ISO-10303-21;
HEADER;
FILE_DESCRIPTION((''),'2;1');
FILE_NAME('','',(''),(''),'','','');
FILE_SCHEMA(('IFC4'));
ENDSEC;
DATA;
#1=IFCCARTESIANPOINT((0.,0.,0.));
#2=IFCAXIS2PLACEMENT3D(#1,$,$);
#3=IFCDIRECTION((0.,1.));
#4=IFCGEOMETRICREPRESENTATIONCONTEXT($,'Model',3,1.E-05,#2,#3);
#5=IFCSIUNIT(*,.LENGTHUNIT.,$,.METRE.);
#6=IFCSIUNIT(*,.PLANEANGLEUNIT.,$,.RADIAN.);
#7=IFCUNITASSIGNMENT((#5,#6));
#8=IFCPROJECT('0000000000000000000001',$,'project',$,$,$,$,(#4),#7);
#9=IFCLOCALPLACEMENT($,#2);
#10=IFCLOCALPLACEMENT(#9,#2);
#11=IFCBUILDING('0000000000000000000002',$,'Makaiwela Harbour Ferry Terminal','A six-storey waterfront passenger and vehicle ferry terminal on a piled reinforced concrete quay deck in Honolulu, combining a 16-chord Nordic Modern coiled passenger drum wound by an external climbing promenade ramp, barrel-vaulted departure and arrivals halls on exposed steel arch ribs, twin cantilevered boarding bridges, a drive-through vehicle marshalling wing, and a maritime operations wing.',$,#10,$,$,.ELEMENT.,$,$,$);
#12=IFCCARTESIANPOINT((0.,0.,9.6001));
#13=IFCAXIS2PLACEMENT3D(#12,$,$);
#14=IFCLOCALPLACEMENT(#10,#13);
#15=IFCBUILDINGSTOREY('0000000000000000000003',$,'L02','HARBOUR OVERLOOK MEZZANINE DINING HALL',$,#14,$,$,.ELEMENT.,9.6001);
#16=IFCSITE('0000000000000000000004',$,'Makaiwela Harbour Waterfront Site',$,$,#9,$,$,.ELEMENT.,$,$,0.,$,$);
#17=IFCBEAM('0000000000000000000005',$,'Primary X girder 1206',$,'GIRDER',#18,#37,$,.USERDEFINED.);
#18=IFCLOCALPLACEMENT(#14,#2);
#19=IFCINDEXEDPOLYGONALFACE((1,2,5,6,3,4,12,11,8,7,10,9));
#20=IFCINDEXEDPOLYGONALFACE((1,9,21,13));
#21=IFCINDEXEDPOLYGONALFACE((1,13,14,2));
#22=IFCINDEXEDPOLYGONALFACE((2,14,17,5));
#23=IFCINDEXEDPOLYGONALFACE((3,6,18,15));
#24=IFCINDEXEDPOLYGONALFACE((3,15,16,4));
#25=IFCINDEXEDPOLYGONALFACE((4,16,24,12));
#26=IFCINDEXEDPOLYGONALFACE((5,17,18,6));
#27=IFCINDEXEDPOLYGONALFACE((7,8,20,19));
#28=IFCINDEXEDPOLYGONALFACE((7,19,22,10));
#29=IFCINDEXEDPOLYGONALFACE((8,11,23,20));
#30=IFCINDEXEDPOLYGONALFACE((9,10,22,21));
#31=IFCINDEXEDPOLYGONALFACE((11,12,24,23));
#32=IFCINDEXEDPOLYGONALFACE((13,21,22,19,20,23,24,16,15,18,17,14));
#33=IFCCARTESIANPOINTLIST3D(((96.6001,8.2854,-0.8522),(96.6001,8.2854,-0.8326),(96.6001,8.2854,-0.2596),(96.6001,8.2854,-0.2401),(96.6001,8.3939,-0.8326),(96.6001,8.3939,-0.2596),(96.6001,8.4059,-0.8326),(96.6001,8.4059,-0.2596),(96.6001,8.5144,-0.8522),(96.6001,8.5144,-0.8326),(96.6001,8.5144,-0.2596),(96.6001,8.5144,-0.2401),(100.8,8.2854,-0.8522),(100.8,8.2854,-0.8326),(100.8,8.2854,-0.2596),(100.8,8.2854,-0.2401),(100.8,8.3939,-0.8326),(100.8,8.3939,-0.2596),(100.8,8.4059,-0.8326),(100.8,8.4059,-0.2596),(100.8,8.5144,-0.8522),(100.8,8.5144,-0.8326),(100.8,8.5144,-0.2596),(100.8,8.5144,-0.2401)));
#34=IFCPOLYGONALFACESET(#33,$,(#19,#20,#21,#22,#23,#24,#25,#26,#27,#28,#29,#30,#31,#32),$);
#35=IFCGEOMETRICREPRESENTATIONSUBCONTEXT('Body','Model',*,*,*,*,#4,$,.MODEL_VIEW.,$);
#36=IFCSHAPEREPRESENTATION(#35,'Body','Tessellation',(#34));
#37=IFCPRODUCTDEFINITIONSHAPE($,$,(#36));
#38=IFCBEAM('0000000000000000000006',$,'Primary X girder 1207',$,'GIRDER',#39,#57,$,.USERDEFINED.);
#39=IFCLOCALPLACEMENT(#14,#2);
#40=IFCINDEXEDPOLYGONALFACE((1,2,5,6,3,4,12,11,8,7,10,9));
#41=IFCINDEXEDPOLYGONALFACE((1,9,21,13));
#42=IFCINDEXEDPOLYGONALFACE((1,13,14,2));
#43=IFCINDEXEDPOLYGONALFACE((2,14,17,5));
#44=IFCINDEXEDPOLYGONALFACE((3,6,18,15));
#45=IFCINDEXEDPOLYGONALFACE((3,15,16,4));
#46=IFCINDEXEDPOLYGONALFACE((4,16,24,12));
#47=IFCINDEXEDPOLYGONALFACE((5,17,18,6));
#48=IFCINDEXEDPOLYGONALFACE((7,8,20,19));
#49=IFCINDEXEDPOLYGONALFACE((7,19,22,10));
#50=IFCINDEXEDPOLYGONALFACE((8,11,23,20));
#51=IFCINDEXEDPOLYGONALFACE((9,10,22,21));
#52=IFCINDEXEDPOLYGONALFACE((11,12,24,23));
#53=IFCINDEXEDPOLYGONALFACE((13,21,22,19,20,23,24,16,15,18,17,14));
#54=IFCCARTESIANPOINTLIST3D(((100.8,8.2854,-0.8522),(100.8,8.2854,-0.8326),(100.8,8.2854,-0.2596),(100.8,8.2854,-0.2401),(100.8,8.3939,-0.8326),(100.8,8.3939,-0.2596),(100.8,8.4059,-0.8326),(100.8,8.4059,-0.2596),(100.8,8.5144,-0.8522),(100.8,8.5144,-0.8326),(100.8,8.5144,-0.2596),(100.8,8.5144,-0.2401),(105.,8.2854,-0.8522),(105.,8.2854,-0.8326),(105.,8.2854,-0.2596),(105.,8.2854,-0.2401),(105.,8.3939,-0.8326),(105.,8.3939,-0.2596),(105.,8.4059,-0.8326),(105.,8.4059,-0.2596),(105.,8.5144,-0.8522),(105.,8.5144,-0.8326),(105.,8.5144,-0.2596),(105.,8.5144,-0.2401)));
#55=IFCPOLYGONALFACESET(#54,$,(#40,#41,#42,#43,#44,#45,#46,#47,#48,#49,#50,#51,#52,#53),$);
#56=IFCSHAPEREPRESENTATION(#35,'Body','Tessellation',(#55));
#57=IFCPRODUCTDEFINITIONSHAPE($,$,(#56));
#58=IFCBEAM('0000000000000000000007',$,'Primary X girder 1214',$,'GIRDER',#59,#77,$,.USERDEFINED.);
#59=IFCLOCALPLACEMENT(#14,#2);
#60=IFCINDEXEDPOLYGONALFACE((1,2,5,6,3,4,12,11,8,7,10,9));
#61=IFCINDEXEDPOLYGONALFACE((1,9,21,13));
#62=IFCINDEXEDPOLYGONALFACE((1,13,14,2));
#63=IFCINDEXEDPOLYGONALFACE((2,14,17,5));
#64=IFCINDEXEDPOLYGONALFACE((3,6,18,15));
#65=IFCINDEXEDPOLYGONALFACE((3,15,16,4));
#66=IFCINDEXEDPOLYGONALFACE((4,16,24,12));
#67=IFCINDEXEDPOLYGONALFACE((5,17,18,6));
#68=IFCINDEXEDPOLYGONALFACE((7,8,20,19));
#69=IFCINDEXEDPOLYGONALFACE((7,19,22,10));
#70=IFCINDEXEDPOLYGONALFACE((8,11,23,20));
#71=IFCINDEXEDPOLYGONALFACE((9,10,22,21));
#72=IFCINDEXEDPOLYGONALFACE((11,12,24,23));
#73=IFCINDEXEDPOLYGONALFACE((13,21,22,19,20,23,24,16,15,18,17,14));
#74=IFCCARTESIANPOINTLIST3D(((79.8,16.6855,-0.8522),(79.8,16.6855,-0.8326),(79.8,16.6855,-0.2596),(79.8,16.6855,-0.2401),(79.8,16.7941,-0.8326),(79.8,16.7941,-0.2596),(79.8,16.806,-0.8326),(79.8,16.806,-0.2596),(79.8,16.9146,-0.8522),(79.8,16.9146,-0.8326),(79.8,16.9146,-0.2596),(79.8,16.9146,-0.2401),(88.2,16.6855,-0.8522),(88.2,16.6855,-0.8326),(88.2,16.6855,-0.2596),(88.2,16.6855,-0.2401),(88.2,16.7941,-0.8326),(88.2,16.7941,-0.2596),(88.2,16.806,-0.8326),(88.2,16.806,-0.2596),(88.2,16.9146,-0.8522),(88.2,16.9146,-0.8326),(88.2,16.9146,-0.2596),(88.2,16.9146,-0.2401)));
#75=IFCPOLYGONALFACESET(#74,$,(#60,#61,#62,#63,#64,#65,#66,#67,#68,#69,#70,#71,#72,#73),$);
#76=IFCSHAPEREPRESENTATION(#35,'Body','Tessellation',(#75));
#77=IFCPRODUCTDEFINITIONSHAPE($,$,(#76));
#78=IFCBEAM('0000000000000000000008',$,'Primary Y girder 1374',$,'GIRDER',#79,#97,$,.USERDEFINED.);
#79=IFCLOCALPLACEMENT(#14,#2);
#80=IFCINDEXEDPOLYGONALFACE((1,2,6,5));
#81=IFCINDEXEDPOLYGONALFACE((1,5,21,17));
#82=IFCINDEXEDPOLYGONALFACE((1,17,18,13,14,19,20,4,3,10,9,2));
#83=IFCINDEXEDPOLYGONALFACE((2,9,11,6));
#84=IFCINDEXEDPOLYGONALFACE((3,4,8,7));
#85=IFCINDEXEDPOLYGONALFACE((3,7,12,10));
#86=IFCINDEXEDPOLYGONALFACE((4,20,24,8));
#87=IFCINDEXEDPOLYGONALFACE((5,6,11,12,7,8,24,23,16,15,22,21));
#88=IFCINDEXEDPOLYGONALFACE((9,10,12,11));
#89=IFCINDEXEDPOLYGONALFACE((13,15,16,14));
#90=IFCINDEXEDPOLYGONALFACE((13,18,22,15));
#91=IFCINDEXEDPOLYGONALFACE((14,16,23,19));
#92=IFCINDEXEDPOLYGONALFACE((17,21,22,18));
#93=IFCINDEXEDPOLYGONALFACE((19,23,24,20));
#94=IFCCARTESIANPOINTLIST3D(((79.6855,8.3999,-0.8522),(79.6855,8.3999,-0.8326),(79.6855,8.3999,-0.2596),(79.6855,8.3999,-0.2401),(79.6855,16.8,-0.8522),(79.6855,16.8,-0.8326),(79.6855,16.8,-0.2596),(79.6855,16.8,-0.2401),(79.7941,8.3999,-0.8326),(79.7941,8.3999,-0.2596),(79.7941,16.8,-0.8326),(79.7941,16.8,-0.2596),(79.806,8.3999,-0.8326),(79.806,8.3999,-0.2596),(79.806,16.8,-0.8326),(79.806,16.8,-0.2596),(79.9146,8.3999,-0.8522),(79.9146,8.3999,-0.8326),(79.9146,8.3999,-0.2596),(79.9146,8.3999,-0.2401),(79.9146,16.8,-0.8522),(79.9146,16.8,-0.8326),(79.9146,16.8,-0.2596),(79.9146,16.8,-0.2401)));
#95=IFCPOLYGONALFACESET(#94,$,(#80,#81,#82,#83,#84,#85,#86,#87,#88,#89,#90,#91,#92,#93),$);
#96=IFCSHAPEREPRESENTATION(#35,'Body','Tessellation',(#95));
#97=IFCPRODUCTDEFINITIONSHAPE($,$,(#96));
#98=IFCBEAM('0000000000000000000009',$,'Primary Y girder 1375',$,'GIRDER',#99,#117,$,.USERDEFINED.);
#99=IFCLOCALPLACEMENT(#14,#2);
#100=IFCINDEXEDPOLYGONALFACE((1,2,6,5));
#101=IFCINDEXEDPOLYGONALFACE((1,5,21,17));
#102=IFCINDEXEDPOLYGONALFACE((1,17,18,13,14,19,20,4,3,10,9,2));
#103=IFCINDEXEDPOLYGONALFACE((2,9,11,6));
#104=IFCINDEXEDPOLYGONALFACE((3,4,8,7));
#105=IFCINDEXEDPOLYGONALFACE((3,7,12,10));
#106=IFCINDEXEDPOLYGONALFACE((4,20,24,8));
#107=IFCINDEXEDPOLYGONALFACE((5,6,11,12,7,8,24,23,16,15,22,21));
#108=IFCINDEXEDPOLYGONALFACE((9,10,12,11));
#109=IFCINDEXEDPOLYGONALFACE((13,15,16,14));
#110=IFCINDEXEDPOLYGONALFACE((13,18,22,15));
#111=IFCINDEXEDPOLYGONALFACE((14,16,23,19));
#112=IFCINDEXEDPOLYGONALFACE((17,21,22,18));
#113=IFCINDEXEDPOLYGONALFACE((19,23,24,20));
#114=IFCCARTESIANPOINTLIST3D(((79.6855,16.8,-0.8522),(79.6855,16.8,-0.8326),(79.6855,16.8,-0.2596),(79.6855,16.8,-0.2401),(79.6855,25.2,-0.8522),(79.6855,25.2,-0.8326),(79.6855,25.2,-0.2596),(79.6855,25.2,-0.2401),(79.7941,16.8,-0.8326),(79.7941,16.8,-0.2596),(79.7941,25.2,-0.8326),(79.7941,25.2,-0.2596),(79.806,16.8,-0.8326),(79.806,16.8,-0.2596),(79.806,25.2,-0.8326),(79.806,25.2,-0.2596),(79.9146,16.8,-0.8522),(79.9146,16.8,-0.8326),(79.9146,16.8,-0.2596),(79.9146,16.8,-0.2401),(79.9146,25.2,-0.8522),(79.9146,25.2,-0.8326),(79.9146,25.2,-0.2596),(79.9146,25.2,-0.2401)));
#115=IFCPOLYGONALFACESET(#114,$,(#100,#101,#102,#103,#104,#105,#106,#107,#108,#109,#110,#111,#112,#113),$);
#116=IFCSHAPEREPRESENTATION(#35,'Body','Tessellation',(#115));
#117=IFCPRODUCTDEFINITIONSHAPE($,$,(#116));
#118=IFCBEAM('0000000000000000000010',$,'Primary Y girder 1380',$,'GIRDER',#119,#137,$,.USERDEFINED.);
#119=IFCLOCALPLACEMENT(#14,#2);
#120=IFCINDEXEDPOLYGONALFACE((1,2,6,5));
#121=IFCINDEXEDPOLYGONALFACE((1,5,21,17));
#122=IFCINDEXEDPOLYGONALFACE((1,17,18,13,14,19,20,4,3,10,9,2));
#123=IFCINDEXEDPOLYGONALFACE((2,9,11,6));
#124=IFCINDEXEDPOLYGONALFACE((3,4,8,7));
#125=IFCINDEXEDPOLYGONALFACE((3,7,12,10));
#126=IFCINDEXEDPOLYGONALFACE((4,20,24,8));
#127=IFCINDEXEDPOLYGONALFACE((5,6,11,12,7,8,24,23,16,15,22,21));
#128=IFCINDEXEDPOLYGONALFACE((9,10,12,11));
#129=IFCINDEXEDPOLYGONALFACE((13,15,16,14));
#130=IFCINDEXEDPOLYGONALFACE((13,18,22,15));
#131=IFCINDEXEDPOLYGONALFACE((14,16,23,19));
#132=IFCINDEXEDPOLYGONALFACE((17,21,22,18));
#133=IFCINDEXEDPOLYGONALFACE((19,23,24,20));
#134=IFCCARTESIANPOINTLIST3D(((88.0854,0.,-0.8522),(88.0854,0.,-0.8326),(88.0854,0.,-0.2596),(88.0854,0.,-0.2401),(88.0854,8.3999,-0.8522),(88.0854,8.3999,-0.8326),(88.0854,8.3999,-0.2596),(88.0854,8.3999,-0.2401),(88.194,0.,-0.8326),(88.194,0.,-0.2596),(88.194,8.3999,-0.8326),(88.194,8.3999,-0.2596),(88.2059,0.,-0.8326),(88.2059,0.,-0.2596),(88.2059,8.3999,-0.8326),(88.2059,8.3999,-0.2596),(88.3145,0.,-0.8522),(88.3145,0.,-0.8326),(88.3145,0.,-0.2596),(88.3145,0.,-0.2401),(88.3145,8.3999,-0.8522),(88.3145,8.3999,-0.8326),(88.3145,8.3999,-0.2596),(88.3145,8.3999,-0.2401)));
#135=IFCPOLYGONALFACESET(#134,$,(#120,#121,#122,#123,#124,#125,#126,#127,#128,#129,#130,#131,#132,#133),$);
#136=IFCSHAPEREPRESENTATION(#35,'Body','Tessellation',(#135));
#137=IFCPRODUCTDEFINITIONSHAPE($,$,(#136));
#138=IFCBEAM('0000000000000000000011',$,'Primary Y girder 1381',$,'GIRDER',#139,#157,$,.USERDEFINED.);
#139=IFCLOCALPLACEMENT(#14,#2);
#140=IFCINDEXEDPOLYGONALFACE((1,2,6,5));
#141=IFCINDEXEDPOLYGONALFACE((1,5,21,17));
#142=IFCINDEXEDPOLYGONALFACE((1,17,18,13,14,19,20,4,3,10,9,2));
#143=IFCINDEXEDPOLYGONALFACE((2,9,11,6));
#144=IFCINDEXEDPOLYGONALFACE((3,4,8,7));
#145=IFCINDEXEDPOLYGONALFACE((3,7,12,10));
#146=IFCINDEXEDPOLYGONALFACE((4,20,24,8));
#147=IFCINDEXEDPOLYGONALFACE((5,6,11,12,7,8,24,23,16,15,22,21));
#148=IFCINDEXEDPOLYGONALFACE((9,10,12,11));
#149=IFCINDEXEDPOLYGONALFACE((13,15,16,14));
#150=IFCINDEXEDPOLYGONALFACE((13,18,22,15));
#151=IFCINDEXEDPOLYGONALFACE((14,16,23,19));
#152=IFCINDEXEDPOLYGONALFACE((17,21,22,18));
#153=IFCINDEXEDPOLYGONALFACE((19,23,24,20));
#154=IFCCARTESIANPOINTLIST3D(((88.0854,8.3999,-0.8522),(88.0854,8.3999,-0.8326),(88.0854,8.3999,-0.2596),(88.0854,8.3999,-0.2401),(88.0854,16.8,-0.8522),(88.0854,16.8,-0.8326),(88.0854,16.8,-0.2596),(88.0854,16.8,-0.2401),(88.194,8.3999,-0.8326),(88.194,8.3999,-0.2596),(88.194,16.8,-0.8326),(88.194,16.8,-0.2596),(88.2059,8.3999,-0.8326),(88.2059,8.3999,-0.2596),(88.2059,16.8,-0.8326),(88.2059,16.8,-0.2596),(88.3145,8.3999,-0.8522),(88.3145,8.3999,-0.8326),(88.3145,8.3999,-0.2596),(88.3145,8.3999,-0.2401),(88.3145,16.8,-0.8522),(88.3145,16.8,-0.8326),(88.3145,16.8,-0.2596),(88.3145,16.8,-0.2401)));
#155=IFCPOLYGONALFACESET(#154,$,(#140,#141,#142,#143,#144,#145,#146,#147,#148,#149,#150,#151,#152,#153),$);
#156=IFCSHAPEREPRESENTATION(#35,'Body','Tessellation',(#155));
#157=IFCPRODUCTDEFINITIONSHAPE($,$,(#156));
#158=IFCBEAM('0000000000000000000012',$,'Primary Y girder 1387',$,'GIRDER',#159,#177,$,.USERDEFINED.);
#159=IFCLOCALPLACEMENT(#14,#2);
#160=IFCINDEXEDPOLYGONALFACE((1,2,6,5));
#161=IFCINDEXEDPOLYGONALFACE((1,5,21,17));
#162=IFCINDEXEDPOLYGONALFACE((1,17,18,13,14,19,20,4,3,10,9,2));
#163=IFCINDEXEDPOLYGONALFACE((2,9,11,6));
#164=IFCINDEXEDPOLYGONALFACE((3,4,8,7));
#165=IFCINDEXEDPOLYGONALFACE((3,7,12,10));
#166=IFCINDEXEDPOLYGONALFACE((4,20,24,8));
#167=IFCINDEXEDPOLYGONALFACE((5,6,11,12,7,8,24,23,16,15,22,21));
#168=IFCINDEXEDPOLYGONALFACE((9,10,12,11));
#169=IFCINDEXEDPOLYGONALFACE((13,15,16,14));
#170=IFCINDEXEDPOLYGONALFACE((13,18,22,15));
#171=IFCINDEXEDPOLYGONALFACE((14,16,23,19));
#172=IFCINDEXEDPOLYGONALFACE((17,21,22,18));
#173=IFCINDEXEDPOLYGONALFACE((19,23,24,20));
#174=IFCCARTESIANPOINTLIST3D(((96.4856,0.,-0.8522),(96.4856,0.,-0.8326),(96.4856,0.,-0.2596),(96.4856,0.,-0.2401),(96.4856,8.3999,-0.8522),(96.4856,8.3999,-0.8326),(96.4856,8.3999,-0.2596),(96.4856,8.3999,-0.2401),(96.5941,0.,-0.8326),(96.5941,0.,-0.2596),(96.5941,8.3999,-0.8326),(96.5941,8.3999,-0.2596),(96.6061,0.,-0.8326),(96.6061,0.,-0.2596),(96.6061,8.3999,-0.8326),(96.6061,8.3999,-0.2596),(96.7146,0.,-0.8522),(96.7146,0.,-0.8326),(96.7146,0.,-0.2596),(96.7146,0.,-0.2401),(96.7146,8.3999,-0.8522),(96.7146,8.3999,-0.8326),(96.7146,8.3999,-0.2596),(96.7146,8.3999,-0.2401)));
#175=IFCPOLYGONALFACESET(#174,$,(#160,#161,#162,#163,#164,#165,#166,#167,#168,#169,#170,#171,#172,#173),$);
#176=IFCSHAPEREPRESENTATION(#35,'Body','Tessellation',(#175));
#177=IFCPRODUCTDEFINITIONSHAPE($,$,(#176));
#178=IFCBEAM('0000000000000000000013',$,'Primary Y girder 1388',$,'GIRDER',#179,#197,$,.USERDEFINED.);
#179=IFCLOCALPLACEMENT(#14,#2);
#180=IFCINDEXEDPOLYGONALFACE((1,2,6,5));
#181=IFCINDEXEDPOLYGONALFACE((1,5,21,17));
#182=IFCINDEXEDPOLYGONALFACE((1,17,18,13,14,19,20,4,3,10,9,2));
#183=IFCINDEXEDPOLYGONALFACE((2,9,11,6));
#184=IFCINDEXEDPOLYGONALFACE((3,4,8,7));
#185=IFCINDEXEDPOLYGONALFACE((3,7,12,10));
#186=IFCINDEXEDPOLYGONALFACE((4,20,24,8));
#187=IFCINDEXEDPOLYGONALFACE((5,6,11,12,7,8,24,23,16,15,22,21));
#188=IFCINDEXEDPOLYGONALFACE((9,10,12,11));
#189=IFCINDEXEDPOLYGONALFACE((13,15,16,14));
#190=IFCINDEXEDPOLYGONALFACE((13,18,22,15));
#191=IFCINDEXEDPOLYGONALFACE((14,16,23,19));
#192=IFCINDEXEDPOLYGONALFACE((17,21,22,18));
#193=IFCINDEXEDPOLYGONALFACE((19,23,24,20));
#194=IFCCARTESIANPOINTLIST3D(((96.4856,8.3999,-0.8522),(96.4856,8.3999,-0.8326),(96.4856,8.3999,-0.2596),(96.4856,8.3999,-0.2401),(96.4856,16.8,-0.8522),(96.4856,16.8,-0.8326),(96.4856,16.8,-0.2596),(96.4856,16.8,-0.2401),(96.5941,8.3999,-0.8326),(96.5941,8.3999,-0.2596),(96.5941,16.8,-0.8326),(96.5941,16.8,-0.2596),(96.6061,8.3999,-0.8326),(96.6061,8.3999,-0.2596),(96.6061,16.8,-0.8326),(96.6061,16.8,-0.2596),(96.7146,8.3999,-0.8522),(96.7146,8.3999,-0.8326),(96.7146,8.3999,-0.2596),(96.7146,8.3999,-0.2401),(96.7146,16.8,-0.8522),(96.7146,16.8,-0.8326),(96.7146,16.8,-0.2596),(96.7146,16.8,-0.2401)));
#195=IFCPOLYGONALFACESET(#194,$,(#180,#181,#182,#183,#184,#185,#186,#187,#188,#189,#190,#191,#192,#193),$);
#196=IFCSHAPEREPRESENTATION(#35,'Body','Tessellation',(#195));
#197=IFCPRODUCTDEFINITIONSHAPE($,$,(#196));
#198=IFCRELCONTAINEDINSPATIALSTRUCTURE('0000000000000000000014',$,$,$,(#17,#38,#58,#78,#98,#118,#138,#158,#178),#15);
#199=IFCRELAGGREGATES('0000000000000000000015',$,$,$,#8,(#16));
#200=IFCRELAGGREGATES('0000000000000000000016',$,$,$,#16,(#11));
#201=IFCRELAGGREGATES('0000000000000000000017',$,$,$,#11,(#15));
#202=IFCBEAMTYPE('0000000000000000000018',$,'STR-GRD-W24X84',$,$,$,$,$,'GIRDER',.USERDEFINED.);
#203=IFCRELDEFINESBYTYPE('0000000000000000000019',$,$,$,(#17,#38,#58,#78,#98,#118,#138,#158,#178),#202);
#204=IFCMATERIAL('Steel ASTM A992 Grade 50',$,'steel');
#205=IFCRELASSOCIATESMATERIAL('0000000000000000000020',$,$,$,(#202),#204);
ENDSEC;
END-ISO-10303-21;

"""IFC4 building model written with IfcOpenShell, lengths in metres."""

from ifc_helpers import new_model, si_unit, direction, frame, origin, origin_2d, place, context, subcontext, project, spatial, i_section, extrude, material, material_profile, profile_set, type_object, element, save


model = new_model("IFC4")

# Units and contexts
model_context = context("Model", 3, precision=1e-05, world=origin(), true_north=direction((0.0, 1.0)))
body_context = subcontext(model_context, "Body", "Model", "MODEL_VIEW")
ifc_project = project(units=[si_unit("LENGTHUNIT", "METRE"), si_unit("PLANEANGLEUNIT", "RADIAN")], contexts=[model_context])

# Site, building, storey
site_placement = place(None, origin())
site = spatial("IfcSite", under=ifc_project, at=site_placement, Name="Makaiwela Harbour Waterfront Site", CompositionType="ELEMENT", RefElevation=0.0)
building_placement = place(site_placement, origin())
building = spatial("IfcBuilding", under=site, at=building_placement, Name="Makaiwela Harbour Ferry Terminal", Description="A six-storey waterfront passenger and vehicle ferry terminal on a piled reinforced concrete quay deck in Honolulu, combining a 16-chord Nordic Modern coiled passenger drum wound by an external climbing promenade ramp, barrel-vaulted departure and arrivals halls on exposed steel arch ribs, twin cantilevered boarding bridges, a drive-through vehicle marshalling wing, and a maritime operations wing.", CompositionType="ELEMENT")
storey_placement = place(building_placement, frame((0.0, 0.0, 9.6001)))
storey = spatial("IfcBuildingStorey", under=building, at=storey_placement, Name="L02", Description="HARBOUR OVERLOOK MEZZANINE DINING HALL", CompositionType="ELEMENT", Elevation=9.6001)

# Beams
ifc_material = material(Name="Steel ASTM A992 Grade 50", Category="steel")
ifc_material_profile_1 = material_profile(ifc_material, i_section(OverallWidth=0.229, OverallDepth=0.6121, WebThickness=0.012, FlangeThickness=0.0195, at=origin_2d()), Name="W24X84")
ifc_profile_set_1 = profile_set([ifc_material_profile_1], Name="Steel ASTM A992 Grade 50")
beam_type_1 = type_object("IfcBeamType", Name="STR-GRD-W24X84", ElementType="GIRDER", PredefinedType="USERDEFINED", material=ifc_profile_set_1)
for number, where, z_axis, x_axis, name in (
    (1, (96.6001, 8.3999, -0.5461), (1.0, 0.0, 0.0), (0.0, 1.0, 0.0), "Primary X girder 1206"),
    (2, (100.8, 8.3999, -0.5461), (1.0, 0.0, 0.0), (0.0, 1.0, 0.0), "Primary X girder 1207"),
):
    element("IfcBeam", number, at=place(storey_placement, frame(where, z_axis=z_axis, x_axis=x_axis)), inside=storey, type_object=beam_type_1, Name=name, ObjectType="GIRDER", PredefinedType="USERDEFINED", context=body_context, shape_type="SweptSolid", body=[
        extrude(i_section(OverallWidth=0.229, OverallDepth=0.6121, WebThickness=0.012, FlangeThickness=0.0195, at=origin_2d()), origin(), (0.0, 0.0, 1.0), 4.2),
    ])
beam_1_placement = place(storey_placement, frame((79.8, 16.8, -0.5461), z_axis=(1.0, 0.0, 0.0), x_axis=(0.0, 1.0, 0.0)))
element("IfcBeam", 3, at=beam_1_placement, inside=storey, type_object=beam_type_1, Name="Primary X girder 1214", ObjectType="GIRDER", PredefinedType="USERDEFINED", context=body_context, shape_type="SweptSolid", body=[
    extrude(i_section(OverallWidth=0.229, OverallDepth=0.6121, WebThickness=0.012, FlangeThickness=0.0195, at=origin_2d()), origin(), (0.0, 0.0, 1.0), 8.3999),
])
beam_2_placement = place(storey_placement, frame((79.8, 8.3999, -0.5461), z_axis=(0.0, 1.0, 0.0), x_axis=(-1.0, 0.0, 0.0)))
element("IfcBeam", 4, at=beam_2_placement, inside=storey, type_object=beam_type_1, Name="Primary Y girder 1374", ObjectType="GIRDER", PredefinedType="USERDEFINED", context=body_context, shape_type="SweptSolid", body=[
    extrude(i_section(OverallWidth=0.229, OverallDepth=0.6121, WebThickness=0.012, FlangeThickness=0.0195, at=origin_2d()), origin(), (0.0, 0.0, 1.0), 8.4001),
])
for number, where, z_axis, x_axis, name in (
    (5, (79.8, 16.8, -0.5461), (0.0, 1.0, 0.0), (-1.0, 0.0, 0.0), "Primary Y girder 1375"),
    (6, (88.2, 0.0, -0.5461), (0.0, 1.0, 0.0), (-1.0, 0.0, 0.0), "Primary Y girder 1380"),
):
    element("IfcBeam", number, at=place(storey_placement, frame(where, z_axis=z_axis, x_axis=x_axis)), inside=storey, type_object=beam_type_1, Name=name, ObjectType="GIRDER", PredefinedType="USERDEFINED", context=body_context, shape_type="SweptSolid", body=[
        extrude(i_section(OverallWidth=0.229, OverallDepth=0.6121, WebThickness=0.012, FlangeThickness=0.0195, at=origin_2d()), origin(), (0.0, 0.0, 1.0), 8.3999),
    ])
beam_3_placement = place(storey_placement, frame((88.2, 8.3999, -0.5461), z_axis=(0.0, 1.0, 0.0), x_axis=(-1.0, 0.0, 0.0)))
element("IfcBeam", 7, at=beam_3_placement, inside=storey, type_object=beam_type_1, Name="Primary Y girder 1381", ObjectType="GIRDER", PredefinedType="USERDEFINED", context=body_context, shape_type="SweptSolid", body=[
    extrude(i_section(OverallWidth=0.229, OverallDepth=0.6121, WebThickness=0.012, FlangeThickness=0.0195, at=origin_2d()), origin(), (0.0, 0.0, 1.0), 8.4001),
])
beam_4_placement = place(storey_placement, frame((96.6001, 0.0, -0.5461), z_axis=(0.0, 1.0, 0.0), x_axis=(-1.0, 0.0, 0.0)))
element("IfcBeam", 8, at=beam_4_placement, inside=storey, type_object=beam_type_1, Name="Primary Y girder 1387", ObjectType="GIRDER", PredefinedType="USERDEFINED", context=body_context, shape_type="SweptSolid", body=[
    extrude(i_section(OverallWidth=0.229, OverallDepth=0.6121, WebThickness=0.012, FlangeThickness=0.0195, at=origin_2d()), origin(), (0.0, 0.0, 1.0), 8.3999),
])
beam_5_placement = place(storey_placement, frame((96.6001, 8.3999, -0.5461), z_axis=(0.0, 1.0, 0.0), x_axis=(-1.0, 0.0, 0.0)))
element("IfcBeam", 9, at=beam_5_placement, inside=storey, type_object=beam_type_1, Name="Primary Y girder 1388", ObjectType="GIRDER", PredefinedType="USERDEFINED", context=body_context, shape_type="SweptSolid", body=[
    extrude(i_section(OverallWidth=0.229, OverallDepth=0.6121, WebThickness=0.012, FlangeThickness=0.0195, at=origin_2d()), origin(), (0.0, 0.0, 1.0), 8.4001),
])

save(model, "model.ifc")
